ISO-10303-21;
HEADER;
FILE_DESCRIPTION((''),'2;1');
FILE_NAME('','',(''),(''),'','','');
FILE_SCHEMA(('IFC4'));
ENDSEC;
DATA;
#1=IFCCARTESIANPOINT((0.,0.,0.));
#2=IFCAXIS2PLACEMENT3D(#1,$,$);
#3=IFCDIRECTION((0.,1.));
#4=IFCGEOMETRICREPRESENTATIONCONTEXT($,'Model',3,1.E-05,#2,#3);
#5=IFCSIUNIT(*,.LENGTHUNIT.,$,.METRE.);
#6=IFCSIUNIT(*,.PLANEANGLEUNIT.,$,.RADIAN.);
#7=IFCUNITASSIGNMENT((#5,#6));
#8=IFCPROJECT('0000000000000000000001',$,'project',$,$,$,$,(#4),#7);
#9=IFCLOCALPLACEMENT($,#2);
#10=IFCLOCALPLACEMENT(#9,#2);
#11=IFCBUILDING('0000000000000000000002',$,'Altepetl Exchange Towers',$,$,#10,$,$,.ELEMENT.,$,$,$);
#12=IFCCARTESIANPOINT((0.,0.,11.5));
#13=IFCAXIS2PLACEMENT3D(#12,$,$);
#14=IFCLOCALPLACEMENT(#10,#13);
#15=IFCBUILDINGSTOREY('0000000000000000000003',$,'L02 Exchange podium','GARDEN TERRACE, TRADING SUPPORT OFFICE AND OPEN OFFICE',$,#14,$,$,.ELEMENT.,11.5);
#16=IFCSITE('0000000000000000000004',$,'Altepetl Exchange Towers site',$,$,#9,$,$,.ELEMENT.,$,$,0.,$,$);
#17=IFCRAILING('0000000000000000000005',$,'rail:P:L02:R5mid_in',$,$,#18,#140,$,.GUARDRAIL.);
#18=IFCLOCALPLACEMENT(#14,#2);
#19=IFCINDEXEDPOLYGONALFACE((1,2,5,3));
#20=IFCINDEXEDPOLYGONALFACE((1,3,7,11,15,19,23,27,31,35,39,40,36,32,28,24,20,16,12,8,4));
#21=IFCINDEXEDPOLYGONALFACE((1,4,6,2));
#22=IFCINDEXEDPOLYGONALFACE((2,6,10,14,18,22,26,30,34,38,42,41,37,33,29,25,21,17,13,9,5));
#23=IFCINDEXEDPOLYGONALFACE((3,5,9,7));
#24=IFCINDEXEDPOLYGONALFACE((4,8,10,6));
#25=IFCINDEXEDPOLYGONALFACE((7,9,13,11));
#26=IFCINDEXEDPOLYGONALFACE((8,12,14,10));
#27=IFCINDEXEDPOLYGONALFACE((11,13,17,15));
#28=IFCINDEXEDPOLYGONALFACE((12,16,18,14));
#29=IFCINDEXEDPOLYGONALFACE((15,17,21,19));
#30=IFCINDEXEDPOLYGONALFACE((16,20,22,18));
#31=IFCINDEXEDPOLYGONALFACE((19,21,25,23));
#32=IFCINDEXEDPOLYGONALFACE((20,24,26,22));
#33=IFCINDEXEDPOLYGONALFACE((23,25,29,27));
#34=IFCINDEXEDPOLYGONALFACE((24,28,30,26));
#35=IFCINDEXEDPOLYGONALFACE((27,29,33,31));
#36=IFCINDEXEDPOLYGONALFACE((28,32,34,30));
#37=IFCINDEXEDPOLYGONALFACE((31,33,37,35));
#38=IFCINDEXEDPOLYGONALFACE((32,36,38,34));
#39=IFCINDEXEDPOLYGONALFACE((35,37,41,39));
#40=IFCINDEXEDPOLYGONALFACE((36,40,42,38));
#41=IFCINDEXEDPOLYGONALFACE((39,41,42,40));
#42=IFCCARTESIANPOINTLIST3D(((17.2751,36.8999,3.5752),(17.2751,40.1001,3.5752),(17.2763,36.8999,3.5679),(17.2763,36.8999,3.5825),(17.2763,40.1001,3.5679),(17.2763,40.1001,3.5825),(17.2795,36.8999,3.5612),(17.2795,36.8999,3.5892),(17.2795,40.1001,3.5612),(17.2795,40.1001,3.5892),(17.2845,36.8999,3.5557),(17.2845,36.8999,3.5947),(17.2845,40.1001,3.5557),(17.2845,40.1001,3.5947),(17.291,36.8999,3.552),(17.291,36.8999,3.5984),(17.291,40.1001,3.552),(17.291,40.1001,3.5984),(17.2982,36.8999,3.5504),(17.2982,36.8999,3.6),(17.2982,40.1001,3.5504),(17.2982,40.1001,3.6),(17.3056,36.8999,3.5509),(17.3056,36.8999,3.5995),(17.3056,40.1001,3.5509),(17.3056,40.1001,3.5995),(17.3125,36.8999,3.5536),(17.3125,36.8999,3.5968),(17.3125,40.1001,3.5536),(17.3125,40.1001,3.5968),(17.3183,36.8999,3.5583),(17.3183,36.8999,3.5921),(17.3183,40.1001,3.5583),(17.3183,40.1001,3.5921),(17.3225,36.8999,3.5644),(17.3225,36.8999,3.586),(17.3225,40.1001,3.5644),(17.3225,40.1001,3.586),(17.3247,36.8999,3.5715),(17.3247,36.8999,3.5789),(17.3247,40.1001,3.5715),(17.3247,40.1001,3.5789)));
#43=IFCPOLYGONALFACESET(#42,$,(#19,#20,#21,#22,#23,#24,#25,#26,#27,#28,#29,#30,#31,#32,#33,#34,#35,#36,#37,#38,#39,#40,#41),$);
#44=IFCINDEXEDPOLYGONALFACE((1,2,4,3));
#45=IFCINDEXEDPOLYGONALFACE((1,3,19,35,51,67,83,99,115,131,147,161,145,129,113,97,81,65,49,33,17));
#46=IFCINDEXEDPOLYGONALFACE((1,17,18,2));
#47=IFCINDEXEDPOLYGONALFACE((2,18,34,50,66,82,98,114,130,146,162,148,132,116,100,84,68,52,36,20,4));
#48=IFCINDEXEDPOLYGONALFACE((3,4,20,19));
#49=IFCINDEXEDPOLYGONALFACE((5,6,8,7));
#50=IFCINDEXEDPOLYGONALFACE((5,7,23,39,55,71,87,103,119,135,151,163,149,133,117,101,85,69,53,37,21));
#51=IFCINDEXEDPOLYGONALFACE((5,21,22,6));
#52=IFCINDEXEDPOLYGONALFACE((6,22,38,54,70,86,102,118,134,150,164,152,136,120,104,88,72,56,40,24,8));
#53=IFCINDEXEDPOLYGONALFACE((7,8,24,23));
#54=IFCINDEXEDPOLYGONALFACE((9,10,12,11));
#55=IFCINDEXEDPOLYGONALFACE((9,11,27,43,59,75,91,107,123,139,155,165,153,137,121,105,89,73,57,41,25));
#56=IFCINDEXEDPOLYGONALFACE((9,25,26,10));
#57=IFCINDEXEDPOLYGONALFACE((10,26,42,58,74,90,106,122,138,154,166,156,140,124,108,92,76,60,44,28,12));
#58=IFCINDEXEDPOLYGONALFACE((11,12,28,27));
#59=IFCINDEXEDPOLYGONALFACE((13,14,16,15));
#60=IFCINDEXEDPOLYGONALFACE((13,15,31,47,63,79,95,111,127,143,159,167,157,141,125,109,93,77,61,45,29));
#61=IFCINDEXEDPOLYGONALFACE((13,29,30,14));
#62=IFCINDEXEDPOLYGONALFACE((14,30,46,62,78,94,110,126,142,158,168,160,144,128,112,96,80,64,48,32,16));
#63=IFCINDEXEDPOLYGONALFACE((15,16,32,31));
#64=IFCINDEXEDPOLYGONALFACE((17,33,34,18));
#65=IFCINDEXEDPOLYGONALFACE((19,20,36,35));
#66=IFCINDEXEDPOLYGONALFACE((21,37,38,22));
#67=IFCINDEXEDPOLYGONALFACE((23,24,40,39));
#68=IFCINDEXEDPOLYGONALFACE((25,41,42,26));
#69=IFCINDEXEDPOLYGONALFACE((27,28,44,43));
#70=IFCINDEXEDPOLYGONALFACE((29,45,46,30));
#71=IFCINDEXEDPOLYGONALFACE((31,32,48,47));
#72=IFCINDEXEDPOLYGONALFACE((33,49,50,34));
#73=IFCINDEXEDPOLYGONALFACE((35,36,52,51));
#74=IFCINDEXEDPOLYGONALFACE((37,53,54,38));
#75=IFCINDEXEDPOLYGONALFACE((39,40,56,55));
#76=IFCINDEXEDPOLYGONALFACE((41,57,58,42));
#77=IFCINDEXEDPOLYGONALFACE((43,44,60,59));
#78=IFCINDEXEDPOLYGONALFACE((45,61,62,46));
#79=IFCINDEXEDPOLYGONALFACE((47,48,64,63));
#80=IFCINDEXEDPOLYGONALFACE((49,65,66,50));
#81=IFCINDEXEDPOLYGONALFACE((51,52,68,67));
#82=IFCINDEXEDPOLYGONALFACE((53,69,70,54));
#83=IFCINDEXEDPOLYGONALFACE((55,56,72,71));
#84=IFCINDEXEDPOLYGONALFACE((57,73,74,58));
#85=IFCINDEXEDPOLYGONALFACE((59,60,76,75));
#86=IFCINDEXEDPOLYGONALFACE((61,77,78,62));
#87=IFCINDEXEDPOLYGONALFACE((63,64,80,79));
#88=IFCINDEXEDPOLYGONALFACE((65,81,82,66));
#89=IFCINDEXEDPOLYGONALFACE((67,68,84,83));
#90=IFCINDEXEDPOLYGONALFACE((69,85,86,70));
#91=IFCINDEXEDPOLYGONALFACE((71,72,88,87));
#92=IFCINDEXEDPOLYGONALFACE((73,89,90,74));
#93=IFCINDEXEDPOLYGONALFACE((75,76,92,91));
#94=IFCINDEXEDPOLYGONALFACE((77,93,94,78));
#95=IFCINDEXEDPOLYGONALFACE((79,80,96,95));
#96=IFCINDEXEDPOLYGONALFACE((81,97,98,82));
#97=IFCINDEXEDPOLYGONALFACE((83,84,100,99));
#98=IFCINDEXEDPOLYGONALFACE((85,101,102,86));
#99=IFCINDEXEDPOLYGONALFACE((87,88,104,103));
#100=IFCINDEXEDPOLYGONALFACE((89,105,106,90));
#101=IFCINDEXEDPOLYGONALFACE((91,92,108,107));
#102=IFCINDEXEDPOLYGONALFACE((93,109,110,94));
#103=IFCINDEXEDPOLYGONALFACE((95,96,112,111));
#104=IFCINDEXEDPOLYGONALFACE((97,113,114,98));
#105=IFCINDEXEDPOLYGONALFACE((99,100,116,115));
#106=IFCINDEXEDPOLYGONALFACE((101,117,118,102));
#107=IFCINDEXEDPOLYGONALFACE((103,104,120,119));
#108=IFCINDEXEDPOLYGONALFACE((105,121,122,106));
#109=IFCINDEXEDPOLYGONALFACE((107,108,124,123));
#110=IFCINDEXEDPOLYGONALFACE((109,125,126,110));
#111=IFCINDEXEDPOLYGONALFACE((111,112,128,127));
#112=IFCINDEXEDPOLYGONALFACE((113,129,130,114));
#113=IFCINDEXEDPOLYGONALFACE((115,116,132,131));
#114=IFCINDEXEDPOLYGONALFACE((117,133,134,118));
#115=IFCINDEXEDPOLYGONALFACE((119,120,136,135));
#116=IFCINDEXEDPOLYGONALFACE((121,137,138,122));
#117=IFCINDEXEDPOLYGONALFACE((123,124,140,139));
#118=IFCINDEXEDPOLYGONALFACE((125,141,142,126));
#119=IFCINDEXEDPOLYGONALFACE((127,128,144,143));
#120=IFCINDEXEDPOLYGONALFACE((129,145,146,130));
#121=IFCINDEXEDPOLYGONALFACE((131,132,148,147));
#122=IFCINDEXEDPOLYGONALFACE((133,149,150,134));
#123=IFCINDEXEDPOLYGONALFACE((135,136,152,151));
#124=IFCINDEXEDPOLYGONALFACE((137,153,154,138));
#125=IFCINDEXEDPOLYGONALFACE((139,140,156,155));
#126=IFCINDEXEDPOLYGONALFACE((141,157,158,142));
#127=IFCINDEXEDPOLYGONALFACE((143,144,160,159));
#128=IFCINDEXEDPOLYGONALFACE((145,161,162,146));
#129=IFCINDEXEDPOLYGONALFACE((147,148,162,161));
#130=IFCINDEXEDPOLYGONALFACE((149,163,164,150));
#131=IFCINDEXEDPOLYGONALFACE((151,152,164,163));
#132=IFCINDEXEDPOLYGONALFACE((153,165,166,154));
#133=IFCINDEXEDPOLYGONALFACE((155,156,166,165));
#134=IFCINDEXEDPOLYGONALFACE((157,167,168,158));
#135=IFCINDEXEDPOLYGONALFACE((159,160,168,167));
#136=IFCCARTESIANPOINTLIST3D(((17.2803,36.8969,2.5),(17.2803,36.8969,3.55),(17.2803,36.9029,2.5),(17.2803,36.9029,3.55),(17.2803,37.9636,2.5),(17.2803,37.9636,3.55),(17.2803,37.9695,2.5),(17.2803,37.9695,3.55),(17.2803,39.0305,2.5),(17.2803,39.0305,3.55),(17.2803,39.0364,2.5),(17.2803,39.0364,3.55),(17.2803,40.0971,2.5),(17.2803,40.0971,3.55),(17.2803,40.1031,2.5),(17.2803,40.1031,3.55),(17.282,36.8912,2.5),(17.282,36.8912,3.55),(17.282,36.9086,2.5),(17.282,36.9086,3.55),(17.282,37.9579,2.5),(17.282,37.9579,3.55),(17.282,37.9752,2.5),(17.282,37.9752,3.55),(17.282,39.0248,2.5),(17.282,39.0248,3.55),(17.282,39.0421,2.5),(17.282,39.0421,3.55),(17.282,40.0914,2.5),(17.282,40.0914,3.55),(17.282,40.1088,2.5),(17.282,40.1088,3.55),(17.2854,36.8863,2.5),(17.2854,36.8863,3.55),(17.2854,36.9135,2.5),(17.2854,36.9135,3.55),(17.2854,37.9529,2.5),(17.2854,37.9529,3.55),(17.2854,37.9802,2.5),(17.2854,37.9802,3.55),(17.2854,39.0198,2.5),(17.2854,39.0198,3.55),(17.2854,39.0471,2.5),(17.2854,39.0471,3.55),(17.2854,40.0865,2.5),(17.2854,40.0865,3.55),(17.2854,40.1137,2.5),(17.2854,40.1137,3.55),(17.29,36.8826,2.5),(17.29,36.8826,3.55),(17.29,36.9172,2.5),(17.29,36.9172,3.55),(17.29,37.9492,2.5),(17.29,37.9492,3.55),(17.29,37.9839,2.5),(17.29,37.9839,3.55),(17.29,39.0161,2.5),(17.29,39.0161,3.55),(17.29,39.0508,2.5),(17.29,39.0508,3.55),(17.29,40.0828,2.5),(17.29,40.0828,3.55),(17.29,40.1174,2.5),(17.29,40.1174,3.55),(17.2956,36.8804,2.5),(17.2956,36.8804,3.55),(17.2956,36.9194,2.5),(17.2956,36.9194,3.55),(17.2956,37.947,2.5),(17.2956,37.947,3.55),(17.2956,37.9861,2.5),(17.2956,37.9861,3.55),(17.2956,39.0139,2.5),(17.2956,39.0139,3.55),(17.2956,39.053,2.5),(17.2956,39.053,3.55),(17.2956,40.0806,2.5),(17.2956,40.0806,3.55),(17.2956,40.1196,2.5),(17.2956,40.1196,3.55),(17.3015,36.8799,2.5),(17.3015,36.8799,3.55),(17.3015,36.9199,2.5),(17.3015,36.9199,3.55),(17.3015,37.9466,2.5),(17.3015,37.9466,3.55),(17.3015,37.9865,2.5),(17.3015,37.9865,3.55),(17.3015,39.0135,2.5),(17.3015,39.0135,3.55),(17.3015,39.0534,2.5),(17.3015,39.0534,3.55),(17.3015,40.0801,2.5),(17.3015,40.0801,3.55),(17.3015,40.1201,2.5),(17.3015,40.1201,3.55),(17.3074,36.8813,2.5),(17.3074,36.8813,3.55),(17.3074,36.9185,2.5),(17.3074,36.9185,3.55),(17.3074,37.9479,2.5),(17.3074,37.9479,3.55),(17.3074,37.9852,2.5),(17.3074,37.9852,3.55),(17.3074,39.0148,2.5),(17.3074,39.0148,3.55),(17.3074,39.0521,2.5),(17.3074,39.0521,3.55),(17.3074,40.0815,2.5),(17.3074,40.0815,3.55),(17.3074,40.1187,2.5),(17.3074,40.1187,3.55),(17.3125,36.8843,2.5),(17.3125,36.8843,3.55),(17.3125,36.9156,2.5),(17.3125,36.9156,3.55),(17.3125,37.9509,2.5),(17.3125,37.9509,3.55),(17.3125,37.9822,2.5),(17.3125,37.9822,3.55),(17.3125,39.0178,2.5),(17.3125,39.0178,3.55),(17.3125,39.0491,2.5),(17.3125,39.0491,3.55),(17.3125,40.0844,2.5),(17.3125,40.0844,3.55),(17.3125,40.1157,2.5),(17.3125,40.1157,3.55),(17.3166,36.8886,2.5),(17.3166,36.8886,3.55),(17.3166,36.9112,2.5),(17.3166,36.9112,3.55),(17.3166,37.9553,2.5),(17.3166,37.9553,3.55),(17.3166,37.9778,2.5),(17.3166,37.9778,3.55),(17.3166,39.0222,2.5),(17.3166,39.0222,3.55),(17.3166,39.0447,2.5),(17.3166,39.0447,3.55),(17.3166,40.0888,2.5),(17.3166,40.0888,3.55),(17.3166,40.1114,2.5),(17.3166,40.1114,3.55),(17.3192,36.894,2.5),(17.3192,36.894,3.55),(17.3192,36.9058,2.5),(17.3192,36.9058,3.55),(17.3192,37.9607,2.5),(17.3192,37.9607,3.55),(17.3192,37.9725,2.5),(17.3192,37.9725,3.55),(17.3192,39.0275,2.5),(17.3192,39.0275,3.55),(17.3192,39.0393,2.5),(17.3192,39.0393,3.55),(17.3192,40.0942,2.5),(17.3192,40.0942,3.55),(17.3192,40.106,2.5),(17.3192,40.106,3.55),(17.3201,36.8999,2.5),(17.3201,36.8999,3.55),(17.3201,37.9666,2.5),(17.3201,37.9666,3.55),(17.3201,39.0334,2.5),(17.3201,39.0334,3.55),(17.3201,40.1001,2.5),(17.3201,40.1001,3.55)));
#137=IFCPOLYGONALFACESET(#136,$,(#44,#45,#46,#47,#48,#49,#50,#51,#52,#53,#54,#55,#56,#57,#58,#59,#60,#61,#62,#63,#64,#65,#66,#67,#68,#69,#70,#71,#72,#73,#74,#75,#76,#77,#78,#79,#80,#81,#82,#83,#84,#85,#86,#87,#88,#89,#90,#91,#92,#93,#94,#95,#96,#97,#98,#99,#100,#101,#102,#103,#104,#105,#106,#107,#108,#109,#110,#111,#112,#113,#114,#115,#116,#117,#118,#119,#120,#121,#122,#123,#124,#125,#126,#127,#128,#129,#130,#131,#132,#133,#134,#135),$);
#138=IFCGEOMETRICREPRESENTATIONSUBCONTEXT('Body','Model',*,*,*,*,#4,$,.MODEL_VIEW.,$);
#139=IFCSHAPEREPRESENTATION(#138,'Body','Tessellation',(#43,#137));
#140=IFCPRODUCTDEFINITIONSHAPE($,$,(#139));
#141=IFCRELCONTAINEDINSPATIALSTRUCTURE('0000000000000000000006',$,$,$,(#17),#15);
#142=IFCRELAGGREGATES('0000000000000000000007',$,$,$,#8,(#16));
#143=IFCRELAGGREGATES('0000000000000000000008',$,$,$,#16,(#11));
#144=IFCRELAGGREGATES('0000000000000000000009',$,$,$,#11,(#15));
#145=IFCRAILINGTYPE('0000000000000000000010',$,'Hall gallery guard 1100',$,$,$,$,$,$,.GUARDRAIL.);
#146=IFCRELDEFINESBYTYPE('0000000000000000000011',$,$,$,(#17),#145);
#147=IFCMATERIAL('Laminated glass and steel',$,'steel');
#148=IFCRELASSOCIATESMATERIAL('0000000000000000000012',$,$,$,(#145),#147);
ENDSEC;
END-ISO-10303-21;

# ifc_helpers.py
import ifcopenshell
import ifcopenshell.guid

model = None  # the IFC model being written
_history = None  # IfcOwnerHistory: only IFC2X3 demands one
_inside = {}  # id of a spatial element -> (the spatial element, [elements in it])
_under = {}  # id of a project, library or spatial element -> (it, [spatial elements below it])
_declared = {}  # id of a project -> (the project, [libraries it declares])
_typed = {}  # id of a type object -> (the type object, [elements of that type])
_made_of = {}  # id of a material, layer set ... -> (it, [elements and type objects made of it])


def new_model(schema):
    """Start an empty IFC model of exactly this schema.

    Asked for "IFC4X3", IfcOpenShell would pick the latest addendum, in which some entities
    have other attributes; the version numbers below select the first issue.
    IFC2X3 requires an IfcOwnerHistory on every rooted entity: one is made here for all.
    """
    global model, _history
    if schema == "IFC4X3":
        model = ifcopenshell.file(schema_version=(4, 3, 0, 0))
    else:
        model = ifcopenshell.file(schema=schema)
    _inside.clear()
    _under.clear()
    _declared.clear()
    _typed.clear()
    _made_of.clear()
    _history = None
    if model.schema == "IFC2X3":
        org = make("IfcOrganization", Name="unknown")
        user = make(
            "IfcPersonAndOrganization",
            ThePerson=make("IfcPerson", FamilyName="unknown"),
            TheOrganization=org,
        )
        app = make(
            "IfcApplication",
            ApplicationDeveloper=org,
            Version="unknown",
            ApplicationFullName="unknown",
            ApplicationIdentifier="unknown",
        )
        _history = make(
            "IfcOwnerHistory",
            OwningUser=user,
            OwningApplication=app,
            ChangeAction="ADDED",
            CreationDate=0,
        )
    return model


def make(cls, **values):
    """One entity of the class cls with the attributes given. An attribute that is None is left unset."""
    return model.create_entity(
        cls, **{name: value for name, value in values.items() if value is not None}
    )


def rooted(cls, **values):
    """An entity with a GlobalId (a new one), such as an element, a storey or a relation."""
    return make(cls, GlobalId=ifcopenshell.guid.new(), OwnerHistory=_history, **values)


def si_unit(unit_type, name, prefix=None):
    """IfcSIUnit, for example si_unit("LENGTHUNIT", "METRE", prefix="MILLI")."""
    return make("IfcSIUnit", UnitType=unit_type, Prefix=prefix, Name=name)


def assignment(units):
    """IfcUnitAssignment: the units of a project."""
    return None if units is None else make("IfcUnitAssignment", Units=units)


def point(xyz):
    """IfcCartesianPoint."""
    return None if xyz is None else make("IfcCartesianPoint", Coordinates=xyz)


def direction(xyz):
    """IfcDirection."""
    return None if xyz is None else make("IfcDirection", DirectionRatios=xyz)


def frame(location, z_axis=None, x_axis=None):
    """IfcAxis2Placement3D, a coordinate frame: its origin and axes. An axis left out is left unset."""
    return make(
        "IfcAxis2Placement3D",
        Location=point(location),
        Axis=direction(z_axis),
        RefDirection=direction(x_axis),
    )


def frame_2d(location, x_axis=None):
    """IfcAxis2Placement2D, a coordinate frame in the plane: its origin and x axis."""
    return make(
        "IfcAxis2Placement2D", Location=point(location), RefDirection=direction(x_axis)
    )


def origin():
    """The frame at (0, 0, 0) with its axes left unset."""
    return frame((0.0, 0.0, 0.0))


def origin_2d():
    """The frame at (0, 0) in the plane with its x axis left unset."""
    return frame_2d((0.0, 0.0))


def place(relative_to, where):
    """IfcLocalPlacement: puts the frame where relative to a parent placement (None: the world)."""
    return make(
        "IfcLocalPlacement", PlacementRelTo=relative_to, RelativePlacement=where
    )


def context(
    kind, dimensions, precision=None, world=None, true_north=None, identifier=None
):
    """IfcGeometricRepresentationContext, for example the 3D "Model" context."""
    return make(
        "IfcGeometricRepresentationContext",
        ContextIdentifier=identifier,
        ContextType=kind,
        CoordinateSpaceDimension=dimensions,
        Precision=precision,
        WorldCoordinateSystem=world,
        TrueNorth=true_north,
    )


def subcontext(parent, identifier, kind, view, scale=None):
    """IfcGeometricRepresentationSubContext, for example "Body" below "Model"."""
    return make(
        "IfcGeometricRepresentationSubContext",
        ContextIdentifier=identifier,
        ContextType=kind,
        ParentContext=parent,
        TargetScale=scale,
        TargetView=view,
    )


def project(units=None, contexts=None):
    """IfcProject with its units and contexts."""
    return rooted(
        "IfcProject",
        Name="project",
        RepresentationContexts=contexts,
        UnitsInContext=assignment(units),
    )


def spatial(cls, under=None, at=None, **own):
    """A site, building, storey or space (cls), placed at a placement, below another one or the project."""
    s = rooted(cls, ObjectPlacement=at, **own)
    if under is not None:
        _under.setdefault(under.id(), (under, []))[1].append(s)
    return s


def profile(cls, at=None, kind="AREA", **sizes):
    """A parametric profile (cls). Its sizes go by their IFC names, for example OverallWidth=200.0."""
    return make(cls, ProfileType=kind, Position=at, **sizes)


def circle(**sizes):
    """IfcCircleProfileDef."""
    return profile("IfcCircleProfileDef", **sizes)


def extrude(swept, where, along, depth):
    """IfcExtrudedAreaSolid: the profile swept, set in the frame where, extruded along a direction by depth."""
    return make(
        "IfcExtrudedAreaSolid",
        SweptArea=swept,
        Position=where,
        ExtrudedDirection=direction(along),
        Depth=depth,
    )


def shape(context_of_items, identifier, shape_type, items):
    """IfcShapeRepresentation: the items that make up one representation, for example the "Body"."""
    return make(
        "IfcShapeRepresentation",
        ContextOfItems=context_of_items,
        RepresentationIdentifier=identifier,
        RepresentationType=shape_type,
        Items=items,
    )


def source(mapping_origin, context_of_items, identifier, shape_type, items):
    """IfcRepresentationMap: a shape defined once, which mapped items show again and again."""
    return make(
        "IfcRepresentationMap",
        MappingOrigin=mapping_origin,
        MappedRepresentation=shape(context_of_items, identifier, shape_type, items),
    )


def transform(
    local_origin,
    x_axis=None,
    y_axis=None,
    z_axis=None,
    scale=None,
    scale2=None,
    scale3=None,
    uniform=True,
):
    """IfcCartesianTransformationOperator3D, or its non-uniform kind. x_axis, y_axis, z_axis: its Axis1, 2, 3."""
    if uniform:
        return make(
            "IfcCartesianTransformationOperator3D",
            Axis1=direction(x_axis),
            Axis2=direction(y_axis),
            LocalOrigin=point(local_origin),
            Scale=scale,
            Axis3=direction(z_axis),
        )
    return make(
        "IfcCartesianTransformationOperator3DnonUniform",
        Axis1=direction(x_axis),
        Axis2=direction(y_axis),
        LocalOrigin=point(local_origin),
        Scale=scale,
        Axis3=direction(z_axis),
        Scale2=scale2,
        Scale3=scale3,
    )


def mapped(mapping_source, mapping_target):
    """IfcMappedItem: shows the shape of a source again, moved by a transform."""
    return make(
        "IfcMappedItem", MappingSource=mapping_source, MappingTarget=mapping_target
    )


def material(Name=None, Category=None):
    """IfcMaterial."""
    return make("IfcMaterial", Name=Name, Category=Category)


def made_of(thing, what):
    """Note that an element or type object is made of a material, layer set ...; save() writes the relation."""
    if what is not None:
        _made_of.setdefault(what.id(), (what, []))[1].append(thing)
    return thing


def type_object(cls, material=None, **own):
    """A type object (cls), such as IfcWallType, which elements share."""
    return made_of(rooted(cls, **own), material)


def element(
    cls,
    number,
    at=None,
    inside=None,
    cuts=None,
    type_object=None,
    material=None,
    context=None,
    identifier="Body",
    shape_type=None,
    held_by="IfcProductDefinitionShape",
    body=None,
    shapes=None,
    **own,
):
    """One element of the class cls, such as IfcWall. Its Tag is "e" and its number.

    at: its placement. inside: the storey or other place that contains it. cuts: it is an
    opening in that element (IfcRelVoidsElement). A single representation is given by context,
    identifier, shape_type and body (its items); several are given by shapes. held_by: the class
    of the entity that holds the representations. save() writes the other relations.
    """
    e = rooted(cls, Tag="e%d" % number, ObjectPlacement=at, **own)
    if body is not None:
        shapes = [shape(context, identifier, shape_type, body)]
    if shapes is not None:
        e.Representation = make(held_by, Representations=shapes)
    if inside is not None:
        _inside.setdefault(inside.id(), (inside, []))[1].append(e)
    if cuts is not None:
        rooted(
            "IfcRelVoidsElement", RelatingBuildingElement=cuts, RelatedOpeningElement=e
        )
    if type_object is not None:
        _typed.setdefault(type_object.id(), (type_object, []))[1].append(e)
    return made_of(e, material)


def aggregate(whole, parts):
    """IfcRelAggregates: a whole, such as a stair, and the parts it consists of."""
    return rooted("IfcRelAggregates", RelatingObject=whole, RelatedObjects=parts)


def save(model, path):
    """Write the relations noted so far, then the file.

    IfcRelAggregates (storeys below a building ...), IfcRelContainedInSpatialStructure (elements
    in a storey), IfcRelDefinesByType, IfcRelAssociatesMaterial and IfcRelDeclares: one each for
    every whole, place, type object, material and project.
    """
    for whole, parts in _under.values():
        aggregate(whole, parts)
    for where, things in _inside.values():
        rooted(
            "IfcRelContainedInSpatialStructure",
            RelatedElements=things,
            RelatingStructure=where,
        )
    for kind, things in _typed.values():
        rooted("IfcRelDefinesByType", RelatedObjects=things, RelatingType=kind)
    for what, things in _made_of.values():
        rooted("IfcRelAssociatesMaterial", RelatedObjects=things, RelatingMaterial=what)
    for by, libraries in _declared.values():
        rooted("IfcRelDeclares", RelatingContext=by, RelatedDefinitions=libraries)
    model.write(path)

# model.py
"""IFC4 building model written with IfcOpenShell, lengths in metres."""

from ifc_helpers import new_model, si_unit, direction, frame, origin, origin_2d, place, context, subcontext, project, spatial, circle, extrude, source, transform, mapped, material, type_object, element, save


model = new_model("IFC4")

# Units and contexts
model_context = context("Model", 3, precision=1e-05, world=origin(), true_north=direction((0.0, 1.0)))
body_context = subcontext(model_context, "Body", "Model", "MODEL_VIEW")
ifc_project = project(units=[si_unit("LENGTHUNIT", "METRE"), si_unit("PLANEANGLEUNIT", "RADIAN")], contexts=[model_context])

# Site, building, storey
site_placement = place(None, origin())
site = spatial("IfcSite", under=ifc_project, at=site_placement, Name="Altepetl Exchange Towers site", CompositionType="ELEMENT", RefElevation=0.0)
building_placement = place(site_placement, origin())
building = spatial("IfcBuilding", under=site, at=building_placement, Name="Altepetl Exchange Towers", CompositionType="ELEMENT")
storey_placement = place(building_placement, frame((0.0, 0.0, 11.5)))
storey = spatial("IfcBuildingStorey", under=building, at=storey_placement, Name="L02 Exchange podium", Description="GARDEN TERRACE, TRADING SUPPORT OFFICE AND OPEN OFFICE", CompositionType="ELEMENT", Elevation=11.5)

# Railing
ifc_material_1 = material(Name="Laminated glass and steel", Category="steel")
railing_type = type_object("IfcRailingType", Name="Hall gallery guard 1100", PredefinedType="GUARDRAIL", material=ifc_material_1)
shared_shape = source(origin(), body_context, "Body", "SweptSolid", [
    extrude(circle(Radius=0.02, at=origin_2d()), origin(), (0.0, 0.0, 1.0), 1.05),
])
railing_1_placement = place(storey_placement, frame((17.3, 36.8999, 2.5)))
element("IfcRailing", 1, at=railing_1_placement, inside=storey, type_object=railing_type, Name="rail:P:L02:R5mid_in", PredefinedType="GUARDRAIL", context=body_context, shape_type="SweptSolid", body=[
    extrude(circle(Radius=0.0249, at=origin_2d()), frame((0.0, 0.0, 1.0752), z_axis=(0.0, 1.0, 0.0), x_axis=(-1.0, 0.0, 0.0)), (0.0, 0.0, 1.0), 3.2002),
    mapped(shared_shape, transform((0.0, 0.0, 0.0))),
    mapped(shared_shape, transform((0.0, 1.0667, 0.0))),
    mapped(shared_shape, transform((0.0, 2.1335, 0.0))),
    mapped(shared_shape, transform((0.0, 3.2002, 0.0))),
])

save(model, "model.ifc")
